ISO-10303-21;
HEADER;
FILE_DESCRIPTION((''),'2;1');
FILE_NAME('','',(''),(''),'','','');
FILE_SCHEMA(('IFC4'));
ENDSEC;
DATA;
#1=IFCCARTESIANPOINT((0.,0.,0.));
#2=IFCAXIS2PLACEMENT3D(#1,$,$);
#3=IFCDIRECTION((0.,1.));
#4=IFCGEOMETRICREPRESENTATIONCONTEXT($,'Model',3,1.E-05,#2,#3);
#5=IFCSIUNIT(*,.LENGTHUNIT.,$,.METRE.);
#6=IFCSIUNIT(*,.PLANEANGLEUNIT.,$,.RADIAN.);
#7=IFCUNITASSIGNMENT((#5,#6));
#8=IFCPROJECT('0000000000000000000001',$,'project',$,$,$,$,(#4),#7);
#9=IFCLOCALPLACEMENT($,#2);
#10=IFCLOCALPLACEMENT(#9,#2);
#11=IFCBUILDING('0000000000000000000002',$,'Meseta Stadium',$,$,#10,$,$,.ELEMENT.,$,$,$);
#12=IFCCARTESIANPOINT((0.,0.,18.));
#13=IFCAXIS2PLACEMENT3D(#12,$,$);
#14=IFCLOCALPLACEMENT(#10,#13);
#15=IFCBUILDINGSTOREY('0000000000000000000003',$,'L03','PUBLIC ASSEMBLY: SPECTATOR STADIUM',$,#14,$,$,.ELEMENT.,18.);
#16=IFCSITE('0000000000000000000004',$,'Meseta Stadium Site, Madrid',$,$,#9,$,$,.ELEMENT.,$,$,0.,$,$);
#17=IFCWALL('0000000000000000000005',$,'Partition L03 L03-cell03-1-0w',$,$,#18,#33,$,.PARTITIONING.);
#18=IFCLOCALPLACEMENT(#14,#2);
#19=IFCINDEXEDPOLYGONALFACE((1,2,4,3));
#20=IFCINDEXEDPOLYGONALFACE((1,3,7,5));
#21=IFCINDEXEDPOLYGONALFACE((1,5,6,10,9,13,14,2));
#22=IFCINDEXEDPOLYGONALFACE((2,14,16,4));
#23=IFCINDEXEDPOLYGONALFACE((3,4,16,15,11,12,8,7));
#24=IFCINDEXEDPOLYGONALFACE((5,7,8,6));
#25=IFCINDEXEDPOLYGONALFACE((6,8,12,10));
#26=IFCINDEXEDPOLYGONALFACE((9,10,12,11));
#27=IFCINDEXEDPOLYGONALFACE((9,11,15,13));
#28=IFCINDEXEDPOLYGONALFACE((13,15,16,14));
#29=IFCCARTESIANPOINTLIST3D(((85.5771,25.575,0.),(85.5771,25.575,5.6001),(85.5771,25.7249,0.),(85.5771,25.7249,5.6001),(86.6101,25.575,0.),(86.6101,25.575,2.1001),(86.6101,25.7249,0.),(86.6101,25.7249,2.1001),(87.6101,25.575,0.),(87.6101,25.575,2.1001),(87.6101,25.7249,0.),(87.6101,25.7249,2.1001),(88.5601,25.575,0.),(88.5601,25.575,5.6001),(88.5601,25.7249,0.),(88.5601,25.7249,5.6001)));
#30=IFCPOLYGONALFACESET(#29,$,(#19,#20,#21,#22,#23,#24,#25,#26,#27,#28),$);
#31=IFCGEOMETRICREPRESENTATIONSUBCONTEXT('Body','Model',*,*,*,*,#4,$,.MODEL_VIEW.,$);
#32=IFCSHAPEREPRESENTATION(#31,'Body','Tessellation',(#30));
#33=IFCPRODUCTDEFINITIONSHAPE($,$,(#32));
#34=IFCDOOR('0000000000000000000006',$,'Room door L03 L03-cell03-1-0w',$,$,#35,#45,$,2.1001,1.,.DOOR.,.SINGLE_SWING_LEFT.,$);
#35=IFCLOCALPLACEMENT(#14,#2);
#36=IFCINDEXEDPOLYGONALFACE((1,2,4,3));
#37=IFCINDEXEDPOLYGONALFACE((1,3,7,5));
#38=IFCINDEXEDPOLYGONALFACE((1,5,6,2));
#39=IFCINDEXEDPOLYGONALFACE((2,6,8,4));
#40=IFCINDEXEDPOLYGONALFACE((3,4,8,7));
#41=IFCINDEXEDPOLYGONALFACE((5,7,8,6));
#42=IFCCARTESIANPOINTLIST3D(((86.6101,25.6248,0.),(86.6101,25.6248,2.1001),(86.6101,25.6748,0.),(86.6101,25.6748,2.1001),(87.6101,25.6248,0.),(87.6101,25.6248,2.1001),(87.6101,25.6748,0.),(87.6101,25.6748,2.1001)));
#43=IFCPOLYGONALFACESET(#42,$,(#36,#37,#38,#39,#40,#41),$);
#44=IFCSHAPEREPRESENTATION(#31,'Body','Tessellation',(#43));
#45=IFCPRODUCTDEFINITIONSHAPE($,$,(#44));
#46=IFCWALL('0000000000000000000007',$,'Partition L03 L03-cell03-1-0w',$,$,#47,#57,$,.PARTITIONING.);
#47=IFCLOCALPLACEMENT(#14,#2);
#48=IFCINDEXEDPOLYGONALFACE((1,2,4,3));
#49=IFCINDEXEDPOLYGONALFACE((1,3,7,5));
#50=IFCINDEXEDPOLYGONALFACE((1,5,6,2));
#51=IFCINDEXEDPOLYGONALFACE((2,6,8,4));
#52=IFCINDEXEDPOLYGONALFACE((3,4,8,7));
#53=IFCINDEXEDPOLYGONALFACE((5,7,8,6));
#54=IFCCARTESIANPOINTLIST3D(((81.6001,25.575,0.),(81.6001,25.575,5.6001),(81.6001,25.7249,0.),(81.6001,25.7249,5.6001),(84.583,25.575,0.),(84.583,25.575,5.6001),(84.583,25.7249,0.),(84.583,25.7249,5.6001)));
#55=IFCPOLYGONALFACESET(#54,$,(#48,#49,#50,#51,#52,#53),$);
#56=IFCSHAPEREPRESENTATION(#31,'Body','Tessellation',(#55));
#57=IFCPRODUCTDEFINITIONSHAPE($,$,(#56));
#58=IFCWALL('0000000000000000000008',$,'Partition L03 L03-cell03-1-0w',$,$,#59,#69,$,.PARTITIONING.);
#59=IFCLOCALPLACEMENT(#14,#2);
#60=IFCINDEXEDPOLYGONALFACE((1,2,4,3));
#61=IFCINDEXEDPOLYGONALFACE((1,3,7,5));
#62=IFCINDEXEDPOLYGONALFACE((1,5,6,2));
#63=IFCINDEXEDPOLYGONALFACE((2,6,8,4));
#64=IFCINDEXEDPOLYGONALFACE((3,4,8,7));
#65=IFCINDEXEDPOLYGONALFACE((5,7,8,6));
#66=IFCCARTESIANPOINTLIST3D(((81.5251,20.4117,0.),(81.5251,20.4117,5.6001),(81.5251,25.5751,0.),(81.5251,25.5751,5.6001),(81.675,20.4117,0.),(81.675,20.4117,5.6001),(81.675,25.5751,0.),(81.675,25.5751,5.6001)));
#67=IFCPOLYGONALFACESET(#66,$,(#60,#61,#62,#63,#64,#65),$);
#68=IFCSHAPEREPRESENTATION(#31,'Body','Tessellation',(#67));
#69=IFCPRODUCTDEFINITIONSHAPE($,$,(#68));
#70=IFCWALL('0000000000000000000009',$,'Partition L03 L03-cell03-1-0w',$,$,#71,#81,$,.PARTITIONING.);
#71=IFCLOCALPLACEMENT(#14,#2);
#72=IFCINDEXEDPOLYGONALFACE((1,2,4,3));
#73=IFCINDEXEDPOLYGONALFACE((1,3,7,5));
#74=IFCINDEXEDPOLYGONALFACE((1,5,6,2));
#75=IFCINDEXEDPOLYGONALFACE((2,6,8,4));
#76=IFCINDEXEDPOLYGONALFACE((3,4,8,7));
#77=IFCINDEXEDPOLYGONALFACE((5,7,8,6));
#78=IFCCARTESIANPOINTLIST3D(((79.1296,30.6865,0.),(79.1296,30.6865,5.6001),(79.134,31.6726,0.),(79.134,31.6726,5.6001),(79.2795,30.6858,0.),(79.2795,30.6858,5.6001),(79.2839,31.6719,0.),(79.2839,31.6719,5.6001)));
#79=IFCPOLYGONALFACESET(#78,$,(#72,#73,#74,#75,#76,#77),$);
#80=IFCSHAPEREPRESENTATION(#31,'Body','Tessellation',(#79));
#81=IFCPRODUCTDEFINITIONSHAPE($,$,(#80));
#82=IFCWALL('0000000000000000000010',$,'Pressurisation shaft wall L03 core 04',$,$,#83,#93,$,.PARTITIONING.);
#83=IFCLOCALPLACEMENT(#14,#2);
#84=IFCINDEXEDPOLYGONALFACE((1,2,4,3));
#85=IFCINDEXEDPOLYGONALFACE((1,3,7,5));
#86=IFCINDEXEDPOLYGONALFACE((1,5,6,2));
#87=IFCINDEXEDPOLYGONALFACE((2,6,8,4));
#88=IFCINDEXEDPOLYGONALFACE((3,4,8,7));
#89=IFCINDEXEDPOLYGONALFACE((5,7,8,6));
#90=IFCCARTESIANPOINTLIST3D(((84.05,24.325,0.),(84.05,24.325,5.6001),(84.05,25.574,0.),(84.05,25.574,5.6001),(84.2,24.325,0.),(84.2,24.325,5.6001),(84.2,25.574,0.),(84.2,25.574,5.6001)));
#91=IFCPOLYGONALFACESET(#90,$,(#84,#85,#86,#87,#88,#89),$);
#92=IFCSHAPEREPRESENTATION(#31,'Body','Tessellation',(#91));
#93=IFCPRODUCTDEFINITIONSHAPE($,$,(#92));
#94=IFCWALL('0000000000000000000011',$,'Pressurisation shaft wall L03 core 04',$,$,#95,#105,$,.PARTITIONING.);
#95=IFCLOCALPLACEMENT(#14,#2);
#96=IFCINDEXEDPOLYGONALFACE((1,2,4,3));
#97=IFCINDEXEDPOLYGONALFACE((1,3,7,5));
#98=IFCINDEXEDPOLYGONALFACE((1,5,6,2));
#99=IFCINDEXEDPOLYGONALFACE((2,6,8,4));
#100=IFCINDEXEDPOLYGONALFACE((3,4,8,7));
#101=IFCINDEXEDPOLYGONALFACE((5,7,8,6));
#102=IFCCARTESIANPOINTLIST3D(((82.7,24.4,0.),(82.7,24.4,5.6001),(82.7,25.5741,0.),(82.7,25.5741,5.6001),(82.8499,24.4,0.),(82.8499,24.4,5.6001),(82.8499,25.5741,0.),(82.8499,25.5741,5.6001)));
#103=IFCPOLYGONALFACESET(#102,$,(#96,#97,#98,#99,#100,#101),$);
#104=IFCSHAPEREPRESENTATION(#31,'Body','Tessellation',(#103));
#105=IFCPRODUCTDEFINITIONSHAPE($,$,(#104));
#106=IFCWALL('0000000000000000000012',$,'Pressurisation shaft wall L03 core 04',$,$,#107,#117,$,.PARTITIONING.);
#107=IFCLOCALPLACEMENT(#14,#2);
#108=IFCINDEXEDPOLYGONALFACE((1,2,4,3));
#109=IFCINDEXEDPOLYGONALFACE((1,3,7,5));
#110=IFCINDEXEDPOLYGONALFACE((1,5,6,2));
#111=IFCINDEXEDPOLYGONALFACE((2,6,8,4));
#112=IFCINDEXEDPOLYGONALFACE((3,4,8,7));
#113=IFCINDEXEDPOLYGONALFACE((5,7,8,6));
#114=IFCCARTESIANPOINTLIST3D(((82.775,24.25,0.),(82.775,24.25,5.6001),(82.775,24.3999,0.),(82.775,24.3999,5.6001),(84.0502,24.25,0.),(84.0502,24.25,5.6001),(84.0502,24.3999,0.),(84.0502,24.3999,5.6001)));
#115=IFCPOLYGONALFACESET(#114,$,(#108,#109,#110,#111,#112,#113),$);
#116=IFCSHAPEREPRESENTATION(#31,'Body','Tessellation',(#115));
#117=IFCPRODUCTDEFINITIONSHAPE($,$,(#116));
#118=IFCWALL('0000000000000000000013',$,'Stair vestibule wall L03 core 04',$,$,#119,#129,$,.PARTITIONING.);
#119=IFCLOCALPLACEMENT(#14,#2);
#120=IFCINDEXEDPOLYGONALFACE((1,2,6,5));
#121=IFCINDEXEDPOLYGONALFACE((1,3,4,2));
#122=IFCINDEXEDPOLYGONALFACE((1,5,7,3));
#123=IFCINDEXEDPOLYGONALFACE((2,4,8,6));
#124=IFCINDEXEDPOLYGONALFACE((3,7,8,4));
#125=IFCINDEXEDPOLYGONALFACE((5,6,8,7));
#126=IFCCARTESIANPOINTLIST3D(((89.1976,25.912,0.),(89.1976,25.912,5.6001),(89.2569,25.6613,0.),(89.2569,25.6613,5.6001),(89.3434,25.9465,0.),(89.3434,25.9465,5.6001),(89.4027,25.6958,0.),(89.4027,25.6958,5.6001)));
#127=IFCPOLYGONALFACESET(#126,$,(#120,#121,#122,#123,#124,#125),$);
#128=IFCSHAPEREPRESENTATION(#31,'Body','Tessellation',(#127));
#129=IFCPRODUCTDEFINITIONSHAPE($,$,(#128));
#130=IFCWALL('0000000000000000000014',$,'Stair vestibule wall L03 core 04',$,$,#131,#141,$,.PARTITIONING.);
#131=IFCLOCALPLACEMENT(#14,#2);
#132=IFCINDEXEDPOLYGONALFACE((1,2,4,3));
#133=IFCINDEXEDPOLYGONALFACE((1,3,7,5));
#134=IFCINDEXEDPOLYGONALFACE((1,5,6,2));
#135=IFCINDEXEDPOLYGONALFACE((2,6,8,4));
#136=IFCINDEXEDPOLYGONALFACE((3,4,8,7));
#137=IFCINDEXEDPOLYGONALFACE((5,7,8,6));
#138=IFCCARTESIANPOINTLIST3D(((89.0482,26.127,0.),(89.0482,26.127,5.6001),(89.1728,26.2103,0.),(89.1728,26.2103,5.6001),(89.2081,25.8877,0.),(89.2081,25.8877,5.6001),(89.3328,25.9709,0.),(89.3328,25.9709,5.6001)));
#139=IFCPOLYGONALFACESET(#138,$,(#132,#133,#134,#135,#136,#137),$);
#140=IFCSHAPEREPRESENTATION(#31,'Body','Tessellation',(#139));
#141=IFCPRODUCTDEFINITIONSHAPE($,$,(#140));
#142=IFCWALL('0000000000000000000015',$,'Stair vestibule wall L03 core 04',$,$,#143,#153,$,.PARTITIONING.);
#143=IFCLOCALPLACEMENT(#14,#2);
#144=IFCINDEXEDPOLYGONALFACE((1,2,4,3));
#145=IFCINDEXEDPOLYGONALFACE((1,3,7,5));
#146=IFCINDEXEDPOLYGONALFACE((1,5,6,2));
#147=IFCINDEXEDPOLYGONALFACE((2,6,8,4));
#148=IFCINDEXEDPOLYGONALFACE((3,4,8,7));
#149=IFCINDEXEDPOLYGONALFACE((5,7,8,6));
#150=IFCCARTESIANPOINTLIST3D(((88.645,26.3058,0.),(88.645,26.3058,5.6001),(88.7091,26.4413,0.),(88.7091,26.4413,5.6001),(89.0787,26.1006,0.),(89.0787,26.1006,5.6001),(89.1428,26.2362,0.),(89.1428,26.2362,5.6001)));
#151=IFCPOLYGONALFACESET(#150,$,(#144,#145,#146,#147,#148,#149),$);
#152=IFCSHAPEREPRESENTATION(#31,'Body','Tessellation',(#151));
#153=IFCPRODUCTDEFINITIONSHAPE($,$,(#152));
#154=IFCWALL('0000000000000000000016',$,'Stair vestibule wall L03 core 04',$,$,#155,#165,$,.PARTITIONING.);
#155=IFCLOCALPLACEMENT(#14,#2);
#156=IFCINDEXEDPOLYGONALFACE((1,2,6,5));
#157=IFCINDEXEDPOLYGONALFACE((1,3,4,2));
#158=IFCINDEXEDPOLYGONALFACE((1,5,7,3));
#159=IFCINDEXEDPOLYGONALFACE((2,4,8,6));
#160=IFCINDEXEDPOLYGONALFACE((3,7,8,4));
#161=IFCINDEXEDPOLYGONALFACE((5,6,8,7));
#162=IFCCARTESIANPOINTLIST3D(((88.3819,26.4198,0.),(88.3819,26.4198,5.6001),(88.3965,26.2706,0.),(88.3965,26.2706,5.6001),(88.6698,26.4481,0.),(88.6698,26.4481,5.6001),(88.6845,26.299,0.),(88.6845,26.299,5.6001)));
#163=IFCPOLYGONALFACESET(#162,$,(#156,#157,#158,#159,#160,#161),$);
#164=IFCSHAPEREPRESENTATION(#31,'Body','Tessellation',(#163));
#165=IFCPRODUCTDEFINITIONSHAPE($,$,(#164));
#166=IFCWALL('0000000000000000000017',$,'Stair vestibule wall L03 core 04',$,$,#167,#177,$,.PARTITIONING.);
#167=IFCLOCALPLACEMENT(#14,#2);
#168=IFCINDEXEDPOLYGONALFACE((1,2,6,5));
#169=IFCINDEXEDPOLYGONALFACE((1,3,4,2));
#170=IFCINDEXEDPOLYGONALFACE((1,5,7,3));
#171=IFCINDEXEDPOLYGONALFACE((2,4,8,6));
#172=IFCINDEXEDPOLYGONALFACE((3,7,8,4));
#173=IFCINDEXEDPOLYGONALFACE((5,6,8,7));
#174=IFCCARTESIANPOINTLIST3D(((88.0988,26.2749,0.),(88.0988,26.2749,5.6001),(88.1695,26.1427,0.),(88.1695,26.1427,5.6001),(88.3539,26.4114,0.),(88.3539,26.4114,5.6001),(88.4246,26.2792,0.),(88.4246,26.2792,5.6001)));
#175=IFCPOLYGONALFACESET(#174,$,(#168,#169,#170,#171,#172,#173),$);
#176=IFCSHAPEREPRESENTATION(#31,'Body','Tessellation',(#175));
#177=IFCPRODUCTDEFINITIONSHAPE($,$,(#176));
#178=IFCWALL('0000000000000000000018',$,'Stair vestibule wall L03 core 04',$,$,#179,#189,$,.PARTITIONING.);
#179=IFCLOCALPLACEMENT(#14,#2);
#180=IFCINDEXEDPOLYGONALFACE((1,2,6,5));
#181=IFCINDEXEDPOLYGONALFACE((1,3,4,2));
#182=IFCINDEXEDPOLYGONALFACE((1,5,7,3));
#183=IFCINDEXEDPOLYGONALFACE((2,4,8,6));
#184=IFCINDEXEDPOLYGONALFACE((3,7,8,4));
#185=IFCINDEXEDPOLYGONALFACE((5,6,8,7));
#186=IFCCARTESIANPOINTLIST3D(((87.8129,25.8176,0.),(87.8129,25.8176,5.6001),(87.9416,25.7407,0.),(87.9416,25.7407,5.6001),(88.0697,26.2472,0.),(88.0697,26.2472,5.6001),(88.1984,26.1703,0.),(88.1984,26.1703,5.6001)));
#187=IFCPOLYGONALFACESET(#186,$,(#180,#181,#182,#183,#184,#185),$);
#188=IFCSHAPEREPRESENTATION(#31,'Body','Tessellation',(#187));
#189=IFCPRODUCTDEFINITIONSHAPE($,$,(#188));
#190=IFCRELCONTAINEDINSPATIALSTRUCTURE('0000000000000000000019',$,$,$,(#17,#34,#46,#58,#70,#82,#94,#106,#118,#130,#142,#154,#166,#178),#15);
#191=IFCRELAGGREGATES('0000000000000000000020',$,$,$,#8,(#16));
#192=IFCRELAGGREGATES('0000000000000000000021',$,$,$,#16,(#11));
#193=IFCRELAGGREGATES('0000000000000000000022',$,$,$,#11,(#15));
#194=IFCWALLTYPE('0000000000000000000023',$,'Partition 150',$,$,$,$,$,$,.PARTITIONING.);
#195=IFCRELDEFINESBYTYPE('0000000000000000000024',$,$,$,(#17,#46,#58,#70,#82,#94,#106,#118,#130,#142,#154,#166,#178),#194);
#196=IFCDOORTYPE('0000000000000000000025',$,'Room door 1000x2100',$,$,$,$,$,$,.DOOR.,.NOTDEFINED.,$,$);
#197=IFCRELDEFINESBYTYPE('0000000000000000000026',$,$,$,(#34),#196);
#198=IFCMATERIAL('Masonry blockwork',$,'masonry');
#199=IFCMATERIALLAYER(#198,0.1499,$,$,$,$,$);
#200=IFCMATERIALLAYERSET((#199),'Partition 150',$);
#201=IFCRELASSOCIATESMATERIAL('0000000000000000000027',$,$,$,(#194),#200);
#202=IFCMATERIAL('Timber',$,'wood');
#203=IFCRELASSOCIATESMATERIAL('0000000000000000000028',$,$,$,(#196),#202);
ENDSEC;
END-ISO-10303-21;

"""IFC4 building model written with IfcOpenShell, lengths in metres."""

from ifc_helpers import new_model, si_unit, direction, frame, frame_2d, origin, place, context, subcontext, project, spatial, rectangle, extrude, material, layer, layer_set, type_object, element, fill, save


model = new_model("IFC4")

# Units and contexts
model_context = context("Model", 3, precision=1e-05, world=origin(), true_north=direction((0.0, 1.0)))
body_context = subcontext(model_context, "Body", "Model", "MODEL_VIEW")
ifc_project = project(units=[si_unit("LENGTHUNIT", "METRE"), si_unit("PLANEANGLEUNIT", "RADIAN")], contexts=[model_context])

# Site, building, storey
site_placement = place(None, origin())
site = spatial("IfcSite", under=ifc_project, at=site_placement, Name="Meseta Stadium Site, Madrid", CompositionType="ELEMENT", RefElevation=0.0)
building_placement = place(site_placement, origin())
building = spatial("IfcBuilding", under=site, at=building_placement, Name="Meseta Stadium", CompositionType="ELEMENT")
storey_placement = place(building_placement, frame((0.0, 0.0, 18.0)))
storey = spatial("IfcBuildingStorey", under=building, at=storey_placement, Name="L03", Description="PUBLIC ASSEMBLY: SPECTATOR STADIUM", CompositionType="ELEMENT", Elevation=18.0)

# Shared definitions
ifc_material_1 = material(Name="Masonry blockwork", Category="masonry")
ifc_layer = layer(ifc_material_1, 0.1499)
ifc_layer_set = layer_set([ifc_layer], Name="Partition 150")
wall_type = type_object("IfcWallType", Name="Partition 150", PredefinedType="PARTITIONING", material=ifc_layer_set)
ifc_material_2 = material(Name="Timber", Category="wood")
door_type = type_object("IfcDoorType", Name="Room door 1000x2100", OperationType="NOTDEFINED", PredefinedType="DOOR", material=ifc_material_2)

# Wall, opening, door
wall_1_placement = place(storey_placement, frame((88.5601, 25.6499, 0.0), z_axis=(0.0, 0.0, 1.0), x_axis=(-1.0, 0.0, 0.0)))
wall_1 = element("IfcWall", 1, at=wall_1_placement, inside=storey, type_object=wall_type, Name="Partition L03 L03-cell03-1-0w", PredefinedType="PARTITIONING", context=body_context, shape_type="SweptSolid", body=[
    extrude(rectangle(XDim=2.9829, YDim=0.1499, at=frame_2d((1.4915, 0.0))), origin(), (0.0, 0.0, 1.0), 5.6001),
])
opening_1_placement = place(wall_1_placement, frame((0.95, 0.0, 0.0)))
opening_1 = element("IfcOpeningElement", 2, at=opening_1_placement, cuts=wall_1, PredefinedType="OPENING", context=body_context, shape_type="SweptSolid", body=[
    extrude(rectangle(XDim=1.0, YDim=2.1001, at=frame_2d((0.5, 1.05))), frame((0.0, 0.085, 0.0), z_axis=(0.0, -1.0, 0.0), x_axis=(1.0, 0.0, 0.0)), (0.0, 0.0, 1.0), 0.1699),
])
door_1_placement = place(opening_1_placement, frame((1.0, 0.0, 0.0), z_axis=(0.0, 0.0, 1.0), x_axis=(-1.0, 0.0, 0.0)))
door_1 = element("IfcDoor", 3, at=door_1_placement, inside=storey, type_object=door_type, Name="Room door L03 L03-cell03-1-0w", OperationType="SINGLE_SWING_LEFT", OverallHeight=2.1001, OverallWidth=1.0, PredefinedType="DOOR", context=body_context, shape_type="SweptSolid", body=[
    extrude(rectangle(XDim=1.0, YDim=2.1001, at=frame_2d((0.5, 1.05))), frame((0.0, 0.0249, 0.0), z_axis=(0.0, -1.0, 0.0), x_axis=(1.0, 0.0, 0.0)), (0.0, 0.0, 1.0), 0.05),
])
fill(opening_1, door_1)

# Walls
wall_2_placement = place(storey_placement, frame((84.583, 25.6499, 0.0), z_axis=(0.0, 0.0, 1.0), x_axis=(-1.0, 0.0, 0.0)))
element("IfcWall", 4, at=wall_2_placement, inside=storey, type_object=wall_type, Name="Partition L03 L03-cell03-1-0w", PredefinedType="PARTITIONING", context=body_context, shape_type="SweptSolid", body=[
    extrude(rectangle(XDim=2.9829, YDim=0.1499, at=frame_2d((1.4915, 0.0))), origin(), (0.0, 0.0, 1.0), 5.6001),
])
wall_3_placement = place(storey_placement, frame((81.6001, 25.575, 0.0), z_axis=(0.0, 0.0, 1.0), x_axis=(0.0, -1.0, 0.0)))
element("IfcWall", 5, at=wall_3_placement, inside=storey, type_object=wall_type, Name="Partition L03 L03-cell03-1-0w", PredefinedType="PARTITIONING", context=body_context, shape_type="SweptSolid", body=[
    extrude(rectangle(XDim=5.1633, YDim=0.1499, at=frame_2d((2.5815, 0.0))), origin(), (0.0, 0.0, 1.0), 5.6001),
])
wall_4_placement = place(storey_placement, frame((79.2046, 30.686, 0.0), z_axis=(0.0, 0.0, 1.0), x_axis=(0.004457, 0.99999, 0.0)))
element("IfcWall", 6, at=wall_4_placement, inside=storey, type_object=wall_type, Name="Partition L03 L03-cell03-1-0w", PredefinedType="PARTITIONING", context=body_context, shape_type="SweptSolid", body=[
    extrude(rectangle(XDim=0.9861, YDim=0.1499, at=frame_2d((0.4932, 0.0))), origin(), (0.0, 0.0, 1.0), 5.6001),
])
wall_5_placement = place(storey_placement, frame((84.125, 24.325, 0.0), z_axis=(0.0, 0.0, 1.0), x_axis=(0.0, 1.0, 0.0)))
element("IfcWall", 7, at=wall_5_placement, inside=storey, type_object=wall_type, Name="Pressurisation shaft wall L03 core 04", PredefinedType="PARTITIONING", context=body_context, shape_type="SweptSolid", body=[
    extrude(rectangle(XDim=1.249, YDim=0.1499, at=frame_2d((0.6245, 0.0))), origin(), (0.0, 0.0, 1.0), 5.6001),
])
wall_6_placement = place(storey_placement, frame((82.7749, 25.574, 0.0), z_axis=(0.0, 0.0, 1.0), x_axis=(0.0, -1.0, 0.0)))
element("IfcWall", 8, at=wall_6_placement, inside=storey, type_object=wall_type, Name="Pressurisation shaft wall L03 core 04", PredefinedType="PARTITIONING", context=body_context, shape_type="SweptSolid", body=[
    extrude(rectangle(XDim=1.1741, YDim=0.1499, at=frame_2d((0.5869, 0.0))), origin(), (0.0, 0.0, 1.0), 5.6001),
])
wall_7_placement = place(storey_placement, frame((82.7749, 24.325, 0.0), z_axis=(0.0, 0.0, 1.0), x_axis=(1.0, 0.0, 0.0)))
element("IfcWall", 9, at=wall_7_placement, inside=storey, type_object=wall_type, Name="Pressurisation shaft wall L03 core 04", PredefinedType="PARTITIONING", context=body_context, shape_type="SweptSolid", body=[
    extrude(rectangle(XDim=1.2751, YDim=0.1499, at=frame_2d((0.6377, 0.0))), origin(), (0.0, 0.0, 1.0), 5.6001),
])
wall_8_placement = place(storey_placement, frame((89.3298, 25.6785, 0.0), z_axis=(0.0, 0.0, 1.0), x_axis=(-0.230254, 0.973131, 0.0)))
element("IfcWall", 10, at=wall_8_placement, inside=storey, type_object=wall_type, Name="Stair vestibule wall L03 core 04", PredefinedType="PARTITIONING", context=body_context, shape_type="SweptSolid", body=[
    extrude(rectangle(XDim=0.2576, YDim=0.1499, at=frame_2d((0.1289, 0.0))), origin(), (0.0, 0.0, 1.0), 5.6001),
])
wall_9_placement = place(storey_placement, frame((89.2705, 25.9292, 0.0), z_axis=(0.0, 0.0, 1.0), x_axis=(-0.555679, 0.831397, 0.0)))
element("IfcWall", 11, at=wall_9_placement, inside=storey, type_object=wall_type, Name="Stair vestibule wall L03 core 04", PredefinedType="PARTITIONING", context=body_context, shape_type="SweptSolid", body=[
    extrude(rectangle(XDim=0.2878, YDim=0.1499, at=frame_2d((0.144, 0.0))), origin(), (0.0, 0.0, 1.0), 5.6001),
])
wall_10_placement = place(storey_placement, frame((89.1106, 26.1685, 0.0), z_axis=(0.0, 0.0, 1.0), x_axis=(-0.903986, 0.427561, 0.0)))
element("IfcWall", 12, at=wall_10_placement, inside=storey, type_object=wall_type, Name="Stair vestibule wall L03 core 04", PredefinedType="PARTITIONING", context=body_context, shape_type="SweptSolid", body=[
    extrude(rectangle(XDim=0.4797, YDim=0.1499, at=frame_2d((0.2397, 0.0))), origin(), (0.0, 0.0, 1.0), 5.6001),
])
for number, where, z_axis, x_axis, name in (
    (13, (88.677, 26.3735, 0.0), (0.0, 0.0, 1.0), (-0.995195, -0.097916, 0.0), "Stair vestibule wall L03 core 04"),
    (14, (88.3892, 26.3452, 0.0), (0.0, 0.0, 1.0), (-0.881768, -0.471683, 0.0), "Stair vestibule wall L03 core 04"),
):
    element("IfcWall", number, at=place(storey_placement, frame(where, z_axis=z_axis, x_axis=x_axis)), inside=storey, type_object=wall_type, Name=name, PredefinedType="PARTITIONING", context=body_context, shape_type="SweptSolid", body=[
        extrude(rectangle(XDim=0.2893, YDim=0.1499, at=frame_2d((0.1445, 0.0))), origin(), (0.0, 0.0, 1.0), 5.6001),
    ])
wall_11_placement = place(storey_placement, frame((88.134, 26.2087, 0.0), z_axis=(0.0, 0.0, 1.0), x_axis=(-0.513061, -0.858352, 0.0)))
element("IfcWall", 15, at=wall_11_placement, inside=storey, type_object=wall_type, Name="Stair vestibule wall L03 core 04", PredefinedType="PARTITIONING", context=body_context, shape_type="SweptSolid", body=[
    extrude(rectangle(XDim=0.5005, YDim=0.1499, at=frame_2d((0.2502, 0.0))), origin(), (0.0, 0.0, 1.0), 5.6001),
])

save(model, "model.ifc")
